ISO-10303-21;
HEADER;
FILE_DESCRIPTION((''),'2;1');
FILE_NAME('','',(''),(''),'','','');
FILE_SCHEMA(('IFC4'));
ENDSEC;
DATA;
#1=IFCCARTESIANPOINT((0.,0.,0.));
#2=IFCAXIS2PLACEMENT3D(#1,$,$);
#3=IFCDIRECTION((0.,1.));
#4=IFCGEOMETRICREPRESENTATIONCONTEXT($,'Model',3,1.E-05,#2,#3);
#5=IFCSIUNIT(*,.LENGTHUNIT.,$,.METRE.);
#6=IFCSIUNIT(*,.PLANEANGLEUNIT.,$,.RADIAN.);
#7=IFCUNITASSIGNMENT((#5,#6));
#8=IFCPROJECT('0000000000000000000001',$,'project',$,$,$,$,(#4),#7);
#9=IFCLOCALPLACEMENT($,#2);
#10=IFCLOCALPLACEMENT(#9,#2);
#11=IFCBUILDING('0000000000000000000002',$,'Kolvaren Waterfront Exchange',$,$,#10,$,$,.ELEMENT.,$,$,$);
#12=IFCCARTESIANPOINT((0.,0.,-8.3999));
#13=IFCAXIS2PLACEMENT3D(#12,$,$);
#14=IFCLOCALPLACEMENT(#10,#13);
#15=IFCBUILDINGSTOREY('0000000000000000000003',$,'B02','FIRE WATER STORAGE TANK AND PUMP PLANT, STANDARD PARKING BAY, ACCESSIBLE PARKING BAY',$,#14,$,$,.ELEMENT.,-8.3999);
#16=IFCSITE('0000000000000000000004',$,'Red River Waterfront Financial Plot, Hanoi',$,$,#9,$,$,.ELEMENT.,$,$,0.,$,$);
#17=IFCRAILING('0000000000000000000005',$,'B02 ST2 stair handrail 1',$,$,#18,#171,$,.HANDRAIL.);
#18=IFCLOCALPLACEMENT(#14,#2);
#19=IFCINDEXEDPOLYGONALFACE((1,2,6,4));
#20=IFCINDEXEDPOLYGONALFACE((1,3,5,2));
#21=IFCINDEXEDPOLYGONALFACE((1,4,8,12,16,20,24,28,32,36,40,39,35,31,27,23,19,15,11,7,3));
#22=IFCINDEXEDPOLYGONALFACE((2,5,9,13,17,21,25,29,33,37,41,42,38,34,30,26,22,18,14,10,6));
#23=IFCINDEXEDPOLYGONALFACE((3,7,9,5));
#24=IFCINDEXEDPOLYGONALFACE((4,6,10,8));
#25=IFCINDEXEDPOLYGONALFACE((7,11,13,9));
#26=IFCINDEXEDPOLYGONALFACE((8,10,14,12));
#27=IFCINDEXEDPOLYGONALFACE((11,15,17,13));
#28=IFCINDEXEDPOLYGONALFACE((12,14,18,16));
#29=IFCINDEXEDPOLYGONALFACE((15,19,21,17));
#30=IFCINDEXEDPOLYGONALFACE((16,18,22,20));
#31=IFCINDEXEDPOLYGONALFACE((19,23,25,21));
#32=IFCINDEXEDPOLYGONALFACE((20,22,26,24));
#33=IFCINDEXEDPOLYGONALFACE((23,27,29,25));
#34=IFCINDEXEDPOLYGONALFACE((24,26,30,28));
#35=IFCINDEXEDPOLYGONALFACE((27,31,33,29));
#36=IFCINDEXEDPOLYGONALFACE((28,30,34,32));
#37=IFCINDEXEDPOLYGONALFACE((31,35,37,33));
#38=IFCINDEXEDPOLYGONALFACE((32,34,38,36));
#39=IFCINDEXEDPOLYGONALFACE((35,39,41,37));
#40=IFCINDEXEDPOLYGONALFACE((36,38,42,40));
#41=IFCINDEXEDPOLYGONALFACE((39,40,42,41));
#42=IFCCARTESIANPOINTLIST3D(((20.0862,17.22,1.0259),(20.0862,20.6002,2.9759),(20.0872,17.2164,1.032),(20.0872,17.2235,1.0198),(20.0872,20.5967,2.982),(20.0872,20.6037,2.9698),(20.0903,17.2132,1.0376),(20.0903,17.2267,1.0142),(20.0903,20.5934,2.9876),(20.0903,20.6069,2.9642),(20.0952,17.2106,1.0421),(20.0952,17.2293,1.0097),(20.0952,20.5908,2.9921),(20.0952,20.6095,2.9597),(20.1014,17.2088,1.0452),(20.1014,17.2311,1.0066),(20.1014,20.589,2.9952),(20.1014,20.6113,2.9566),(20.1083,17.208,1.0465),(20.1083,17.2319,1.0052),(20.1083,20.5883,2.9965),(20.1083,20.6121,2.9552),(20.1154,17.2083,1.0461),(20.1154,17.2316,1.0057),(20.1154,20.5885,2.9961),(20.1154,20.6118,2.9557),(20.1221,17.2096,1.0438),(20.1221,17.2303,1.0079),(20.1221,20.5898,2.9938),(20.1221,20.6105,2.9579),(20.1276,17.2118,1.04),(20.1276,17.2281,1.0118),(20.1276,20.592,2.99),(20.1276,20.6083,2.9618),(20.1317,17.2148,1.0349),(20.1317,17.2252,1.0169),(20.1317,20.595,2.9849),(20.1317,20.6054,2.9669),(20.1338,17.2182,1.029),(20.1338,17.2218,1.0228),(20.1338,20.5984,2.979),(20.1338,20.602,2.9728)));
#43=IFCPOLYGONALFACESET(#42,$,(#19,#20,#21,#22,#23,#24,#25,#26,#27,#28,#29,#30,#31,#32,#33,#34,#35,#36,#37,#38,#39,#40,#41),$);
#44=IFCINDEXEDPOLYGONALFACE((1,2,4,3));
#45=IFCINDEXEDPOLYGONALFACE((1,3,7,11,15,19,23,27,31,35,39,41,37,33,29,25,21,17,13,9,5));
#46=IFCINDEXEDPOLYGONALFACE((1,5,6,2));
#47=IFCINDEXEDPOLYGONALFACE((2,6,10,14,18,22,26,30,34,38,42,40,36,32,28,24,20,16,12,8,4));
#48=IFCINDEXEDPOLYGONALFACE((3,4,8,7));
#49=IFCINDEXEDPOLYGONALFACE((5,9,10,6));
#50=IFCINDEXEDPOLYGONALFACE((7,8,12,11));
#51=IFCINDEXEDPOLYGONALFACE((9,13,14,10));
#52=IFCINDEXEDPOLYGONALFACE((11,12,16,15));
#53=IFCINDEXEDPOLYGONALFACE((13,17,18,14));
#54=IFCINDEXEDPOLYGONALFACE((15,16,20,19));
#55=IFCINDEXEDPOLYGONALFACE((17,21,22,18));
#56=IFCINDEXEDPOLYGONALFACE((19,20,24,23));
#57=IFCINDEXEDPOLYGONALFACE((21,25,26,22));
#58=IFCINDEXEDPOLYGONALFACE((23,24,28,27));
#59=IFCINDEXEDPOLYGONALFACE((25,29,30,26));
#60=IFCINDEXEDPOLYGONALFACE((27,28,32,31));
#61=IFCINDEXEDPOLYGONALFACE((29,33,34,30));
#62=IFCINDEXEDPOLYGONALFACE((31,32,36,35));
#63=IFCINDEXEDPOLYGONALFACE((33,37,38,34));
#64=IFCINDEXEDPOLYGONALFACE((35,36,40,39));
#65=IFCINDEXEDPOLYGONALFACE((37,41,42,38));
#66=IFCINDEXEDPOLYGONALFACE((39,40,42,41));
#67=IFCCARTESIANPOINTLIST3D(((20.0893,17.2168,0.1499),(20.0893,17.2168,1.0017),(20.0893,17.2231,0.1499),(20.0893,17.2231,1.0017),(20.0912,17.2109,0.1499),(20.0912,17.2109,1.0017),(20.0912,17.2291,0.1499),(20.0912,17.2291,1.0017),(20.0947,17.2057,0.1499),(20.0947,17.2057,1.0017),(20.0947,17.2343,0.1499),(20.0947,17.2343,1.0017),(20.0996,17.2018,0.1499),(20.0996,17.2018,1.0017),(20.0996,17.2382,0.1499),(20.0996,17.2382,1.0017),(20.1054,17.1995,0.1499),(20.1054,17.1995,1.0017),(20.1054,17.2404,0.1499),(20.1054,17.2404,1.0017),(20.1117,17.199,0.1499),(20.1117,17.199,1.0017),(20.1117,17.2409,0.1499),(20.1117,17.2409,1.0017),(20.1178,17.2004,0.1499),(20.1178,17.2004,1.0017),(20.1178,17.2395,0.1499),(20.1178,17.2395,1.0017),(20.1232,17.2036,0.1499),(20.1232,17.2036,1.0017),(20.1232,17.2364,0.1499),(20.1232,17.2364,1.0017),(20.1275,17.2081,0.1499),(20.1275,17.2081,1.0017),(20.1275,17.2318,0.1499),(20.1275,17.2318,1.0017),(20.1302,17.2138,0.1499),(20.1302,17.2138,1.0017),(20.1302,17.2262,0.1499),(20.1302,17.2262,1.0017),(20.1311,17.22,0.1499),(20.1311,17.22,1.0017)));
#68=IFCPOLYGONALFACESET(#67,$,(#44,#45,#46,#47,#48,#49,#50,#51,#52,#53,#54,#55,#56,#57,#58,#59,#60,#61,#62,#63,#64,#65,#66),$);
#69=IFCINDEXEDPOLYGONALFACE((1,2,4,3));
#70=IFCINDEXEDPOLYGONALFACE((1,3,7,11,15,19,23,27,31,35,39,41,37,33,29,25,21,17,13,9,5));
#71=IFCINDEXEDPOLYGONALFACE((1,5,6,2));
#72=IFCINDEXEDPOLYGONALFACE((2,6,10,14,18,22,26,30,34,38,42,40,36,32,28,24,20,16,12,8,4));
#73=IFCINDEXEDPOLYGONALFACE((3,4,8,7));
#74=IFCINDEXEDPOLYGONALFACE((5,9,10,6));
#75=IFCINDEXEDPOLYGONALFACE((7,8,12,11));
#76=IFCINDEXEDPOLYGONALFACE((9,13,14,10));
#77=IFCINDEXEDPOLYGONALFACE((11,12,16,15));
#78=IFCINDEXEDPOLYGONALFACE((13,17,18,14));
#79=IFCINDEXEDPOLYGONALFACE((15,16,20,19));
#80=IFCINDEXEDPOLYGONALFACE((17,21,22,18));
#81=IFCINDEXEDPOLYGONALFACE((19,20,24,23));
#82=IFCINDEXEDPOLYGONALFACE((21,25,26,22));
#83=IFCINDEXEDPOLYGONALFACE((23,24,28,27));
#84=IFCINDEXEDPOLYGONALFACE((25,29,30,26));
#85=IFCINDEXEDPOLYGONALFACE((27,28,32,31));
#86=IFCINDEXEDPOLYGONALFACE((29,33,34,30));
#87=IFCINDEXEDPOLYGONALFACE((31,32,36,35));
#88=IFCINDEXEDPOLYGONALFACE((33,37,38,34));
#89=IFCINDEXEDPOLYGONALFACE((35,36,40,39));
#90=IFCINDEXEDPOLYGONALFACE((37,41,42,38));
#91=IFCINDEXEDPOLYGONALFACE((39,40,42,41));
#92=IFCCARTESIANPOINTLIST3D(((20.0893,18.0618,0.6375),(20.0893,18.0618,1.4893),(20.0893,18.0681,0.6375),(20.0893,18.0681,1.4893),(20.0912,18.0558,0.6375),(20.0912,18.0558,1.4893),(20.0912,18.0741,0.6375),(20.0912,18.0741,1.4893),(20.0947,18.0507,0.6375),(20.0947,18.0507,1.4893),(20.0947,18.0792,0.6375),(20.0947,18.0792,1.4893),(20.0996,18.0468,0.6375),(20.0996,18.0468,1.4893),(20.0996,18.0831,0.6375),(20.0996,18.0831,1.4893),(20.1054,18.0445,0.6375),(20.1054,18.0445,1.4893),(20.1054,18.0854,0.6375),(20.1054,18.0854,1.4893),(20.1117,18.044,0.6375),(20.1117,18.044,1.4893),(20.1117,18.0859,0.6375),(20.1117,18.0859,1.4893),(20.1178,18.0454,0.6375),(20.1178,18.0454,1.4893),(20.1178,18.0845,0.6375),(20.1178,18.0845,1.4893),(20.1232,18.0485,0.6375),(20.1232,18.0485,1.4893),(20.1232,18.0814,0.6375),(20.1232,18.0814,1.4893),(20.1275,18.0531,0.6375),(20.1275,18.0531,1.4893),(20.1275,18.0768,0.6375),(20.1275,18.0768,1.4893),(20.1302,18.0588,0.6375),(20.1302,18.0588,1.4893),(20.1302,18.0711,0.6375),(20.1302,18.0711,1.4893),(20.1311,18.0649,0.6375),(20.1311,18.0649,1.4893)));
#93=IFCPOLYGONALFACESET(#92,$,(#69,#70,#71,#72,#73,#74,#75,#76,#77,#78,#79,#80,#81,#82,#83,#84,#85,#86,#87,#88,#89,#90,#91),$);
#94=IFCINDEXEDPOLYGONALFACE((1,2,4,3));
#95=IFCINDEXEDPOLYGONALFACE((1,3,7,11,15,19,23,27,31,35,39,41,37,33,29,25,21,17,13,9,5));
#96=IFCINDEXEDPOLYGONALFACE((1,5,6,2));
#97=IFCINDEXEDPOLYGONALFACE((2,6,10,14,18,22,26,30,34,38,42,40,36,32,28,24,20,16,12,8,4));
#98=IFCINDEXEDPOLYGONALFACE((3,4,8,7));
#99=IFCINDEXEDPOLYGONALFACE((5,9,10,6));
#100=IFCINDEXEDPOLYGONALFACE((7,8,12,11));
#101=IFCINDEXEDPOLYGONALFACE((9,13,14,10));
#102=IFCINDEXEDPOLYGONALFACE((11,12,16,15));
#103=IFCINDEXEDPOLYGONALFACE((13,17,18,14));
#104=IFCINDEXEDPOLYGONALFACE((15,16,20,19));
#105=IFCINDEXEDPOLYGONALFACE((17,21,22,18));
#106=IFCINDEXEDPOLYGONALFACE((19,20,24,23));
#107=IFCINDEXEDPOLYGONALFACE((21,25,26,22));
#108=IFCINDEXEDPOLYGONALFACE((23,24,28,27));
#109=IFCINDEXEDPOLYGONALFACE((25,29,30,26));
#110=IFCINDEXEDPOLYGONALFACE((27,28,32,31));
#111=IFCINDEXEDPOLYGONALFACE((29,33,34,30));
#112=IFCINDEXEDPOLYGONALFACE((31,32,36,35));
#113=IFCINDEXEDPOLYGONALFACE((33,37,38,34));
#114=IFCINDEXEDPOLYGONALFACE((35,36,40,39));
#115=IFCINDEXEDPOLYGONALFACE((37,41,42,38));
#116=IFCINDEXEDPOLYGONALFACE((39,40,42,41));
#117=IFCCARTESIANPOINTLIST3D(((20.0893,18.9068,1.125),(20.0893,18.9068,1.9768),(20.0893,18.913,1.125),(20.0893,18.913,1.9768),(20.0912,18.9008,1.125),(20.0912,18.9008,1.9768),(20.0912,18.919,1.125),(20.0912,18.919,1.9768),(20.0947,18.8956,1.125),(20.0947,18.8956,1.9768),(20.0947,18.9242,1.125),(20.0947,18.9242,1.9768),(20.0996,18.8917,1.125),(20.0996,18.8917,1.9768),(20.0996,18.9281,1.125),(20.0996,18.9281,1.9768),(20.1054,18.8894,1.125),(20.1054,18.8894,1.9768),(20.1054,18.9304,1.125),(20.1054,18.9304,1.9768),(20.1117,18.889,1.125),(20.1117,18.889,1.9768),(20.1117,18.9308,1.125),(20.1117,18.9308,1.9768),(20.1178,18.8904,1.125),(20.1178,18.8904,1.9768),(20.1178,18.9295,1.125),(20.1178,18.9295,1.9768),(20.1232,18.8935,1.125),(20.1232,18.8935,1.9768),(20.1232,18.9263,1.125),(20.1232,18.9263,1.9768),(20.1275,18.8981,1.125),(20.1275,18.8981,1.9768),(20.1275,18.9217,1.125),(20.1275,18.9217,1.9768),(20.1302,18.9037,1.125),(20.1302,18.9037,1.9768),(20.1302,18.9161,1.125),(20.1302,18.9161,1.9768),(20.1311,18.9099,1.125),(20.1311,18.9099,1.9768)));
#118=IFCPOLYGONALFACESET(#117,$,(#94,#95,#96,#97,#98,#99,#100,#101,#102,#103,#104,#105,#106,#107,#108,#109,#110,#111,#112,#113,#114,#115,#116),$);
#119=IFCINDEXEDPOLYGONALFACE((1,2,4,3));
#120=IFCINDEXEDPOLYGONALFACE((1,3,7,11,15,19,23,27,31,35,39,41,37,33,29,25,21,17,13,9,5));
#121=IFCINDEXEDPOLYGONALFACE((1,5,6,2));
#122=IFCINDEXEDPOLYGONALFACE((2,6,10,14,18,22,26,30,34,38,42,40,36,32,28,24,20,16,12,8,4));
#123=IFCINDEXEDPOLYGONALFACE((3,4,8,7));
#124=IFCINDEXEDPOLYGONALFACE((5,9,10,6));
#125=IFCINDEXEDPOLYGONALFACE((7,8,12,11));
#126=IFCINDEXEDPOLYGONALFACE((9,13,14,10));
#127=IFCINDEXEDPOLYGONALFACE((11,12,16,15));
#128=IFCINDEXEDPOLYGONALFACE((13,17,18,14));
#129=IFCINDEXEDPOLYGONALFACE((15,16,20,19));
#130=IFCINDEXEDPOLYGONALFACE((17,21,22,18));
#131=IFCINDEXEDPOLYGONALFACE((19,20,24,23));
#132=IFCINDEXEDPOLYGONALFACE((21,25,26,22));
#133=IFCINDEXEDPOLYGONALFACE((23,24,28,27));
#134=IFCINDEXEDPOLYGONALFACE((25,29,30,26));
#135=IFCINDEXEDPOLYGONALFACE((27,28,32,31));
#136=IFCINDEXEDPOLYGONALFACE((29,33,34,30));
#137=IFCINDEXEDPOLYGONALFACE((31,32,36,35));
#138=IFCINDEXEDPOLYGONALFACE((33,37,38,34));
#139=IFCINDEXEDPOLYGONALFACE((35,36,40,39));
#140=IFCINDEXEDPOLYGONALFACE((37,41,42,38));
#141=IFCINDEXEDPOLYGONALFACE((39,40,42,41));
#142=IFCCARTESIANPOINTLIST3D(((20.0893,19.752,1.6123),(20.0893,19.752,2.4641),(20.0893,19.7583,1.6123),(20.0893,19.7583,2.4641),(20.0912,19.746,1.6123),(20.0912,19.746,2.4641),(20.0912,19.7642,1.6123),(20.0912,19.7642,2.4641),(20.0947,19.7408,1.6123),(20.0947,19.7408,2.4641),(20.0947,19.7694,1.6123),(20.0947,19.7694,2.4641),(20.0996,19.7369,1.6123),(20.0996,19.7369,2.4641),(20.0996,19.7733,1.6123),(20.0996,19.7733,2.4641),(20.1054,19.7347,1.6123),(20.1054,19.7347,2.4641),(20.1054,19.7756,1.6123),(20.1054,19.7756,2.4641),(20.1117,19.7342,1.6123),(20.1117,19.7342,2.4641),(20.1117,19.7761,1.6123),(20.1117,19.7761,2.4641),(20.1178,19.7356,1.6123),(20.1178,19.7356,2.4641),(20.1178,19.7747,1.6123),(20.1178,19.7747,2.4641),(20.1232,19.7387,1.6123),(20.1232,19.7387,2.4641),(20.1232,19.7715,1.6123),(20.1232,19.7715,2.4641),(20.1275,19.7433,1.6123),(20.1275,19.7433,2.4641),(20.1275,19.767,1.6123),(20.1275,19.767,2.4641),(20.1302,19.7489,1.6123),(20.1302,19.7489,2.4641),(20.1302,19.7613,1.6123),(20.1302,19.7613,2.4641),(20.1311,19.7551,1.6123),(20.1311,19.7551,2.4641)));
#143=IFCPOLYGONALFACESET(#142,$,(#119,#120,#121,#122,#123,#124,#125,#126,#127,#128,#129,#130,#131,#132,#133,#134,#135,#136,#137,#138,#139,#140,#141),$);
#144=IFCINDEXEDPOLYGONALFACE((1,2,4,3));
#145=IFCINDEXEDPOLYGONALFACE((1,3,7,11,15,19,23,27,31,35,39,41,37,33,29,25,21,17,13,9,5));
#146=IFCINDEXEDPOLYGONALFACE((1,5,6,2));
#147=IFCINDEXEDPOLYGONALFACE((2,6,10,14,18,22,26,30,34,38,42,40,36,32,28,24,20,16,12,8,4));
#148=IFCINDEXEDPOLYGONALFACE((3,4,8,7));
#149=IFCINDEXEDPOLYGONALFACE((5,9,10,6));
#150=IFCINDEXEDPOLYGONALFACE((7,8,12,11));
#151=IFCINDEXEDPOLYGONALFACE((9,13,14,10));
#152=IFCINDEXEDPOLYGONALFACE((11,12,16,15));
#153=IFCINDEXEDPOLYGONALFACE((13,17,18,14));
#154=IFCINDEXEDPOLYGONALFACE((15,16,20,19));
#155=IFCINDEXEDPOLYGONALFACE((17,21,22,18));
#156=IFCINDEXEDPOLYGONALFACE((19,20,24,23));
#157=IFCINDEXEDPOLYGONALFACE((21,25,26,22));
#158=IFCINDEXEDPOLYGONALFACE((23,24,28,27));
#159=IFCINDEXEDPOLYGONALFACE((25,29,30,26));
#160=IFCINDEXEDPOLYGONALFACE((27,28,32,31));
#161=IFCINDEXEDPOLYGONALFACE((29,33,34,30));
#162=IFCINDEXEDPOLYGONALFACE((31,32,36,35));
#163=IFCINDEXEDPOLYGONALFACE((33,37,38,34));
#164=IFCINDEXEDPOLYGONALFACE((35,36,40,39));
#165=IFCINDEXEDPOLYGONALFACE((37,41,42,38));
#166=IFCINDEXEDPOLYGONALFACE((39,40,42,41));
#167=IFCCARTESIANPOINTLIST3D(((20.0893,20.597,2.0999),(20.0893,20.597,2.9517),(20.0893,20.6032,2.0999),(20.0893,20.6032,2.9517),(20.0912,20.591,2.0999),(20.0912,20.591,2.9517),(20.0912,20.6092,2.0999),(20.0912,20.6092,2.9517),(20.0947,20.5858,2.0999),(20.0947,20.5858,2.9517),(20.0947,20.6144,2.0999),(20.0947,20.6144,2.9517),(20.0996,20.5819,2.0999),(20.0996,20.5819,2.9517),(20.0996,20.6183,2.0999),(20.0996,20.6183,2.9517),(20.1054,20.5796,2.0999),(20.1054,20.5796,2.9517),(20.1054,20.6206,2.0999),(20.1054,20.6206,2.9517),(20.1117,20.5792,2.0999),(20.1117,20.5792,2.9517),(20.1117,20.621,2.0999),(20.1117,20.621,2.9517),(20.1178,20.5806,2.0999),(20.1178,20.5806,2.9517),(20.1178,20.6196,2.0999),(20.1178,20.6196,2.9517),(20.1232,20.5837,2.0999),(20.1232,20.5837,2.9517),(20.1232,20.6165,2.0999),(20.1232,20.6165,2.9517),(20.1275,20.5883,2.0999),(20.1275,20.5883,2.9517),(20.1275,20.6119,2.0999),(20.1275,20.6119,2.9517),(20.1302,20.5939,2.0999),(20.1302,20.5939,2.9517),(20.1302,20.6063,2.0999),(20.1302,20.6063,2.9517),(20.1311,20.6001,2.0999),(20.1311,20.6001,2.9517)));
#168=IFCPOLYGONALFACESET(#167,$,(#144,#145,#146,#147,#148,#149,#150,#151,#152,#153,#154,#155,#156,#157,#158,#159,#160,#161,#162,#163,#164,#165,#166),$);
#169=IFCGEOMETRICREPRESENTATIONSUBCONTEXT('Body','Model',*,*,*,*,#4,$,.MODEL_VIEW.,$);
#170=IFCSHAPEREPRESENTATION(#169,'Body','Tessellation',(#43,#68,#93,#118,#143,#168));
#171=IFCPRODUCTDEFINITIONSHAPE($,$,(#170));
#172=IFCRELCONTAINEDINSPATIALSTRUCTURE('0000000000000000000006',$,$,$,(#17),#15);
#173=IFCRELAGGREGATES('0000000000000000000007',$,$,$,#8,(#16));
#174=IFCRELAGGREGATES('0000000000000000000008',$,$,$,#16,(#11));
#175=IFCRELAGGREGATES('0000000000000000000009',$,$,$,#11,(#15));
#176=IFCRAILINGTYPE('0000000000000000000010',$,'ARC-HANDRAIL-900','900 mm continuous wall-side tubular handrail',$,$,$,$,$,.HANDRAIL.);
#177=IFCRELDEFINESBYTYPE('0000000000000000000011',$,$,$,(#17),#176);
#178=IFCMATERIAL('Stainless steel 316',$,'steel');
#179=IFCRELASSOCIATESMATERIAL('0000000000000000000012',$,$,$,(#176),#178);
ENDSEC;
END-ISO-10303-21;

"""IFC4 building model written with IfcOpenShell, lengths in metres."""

from ifc_helpers import new_model, si_unit, direction, frame, origin, origin_2d, place, context, subcontext, project, spatial, circle, extrude, material, type_object, element, save


model = new_model("IFC4")

# Units and contexts
model_context = context("Model", 3, precision=1e-05, world=origin(), true_north=direction((0.0, 1.0)))
body_context = subcontext(model_context, "Body", "Model", "MODEL_VIEW")
ifc_project = project(units=[si_unit("LENGTHUNIT", "METRE"), si_unit("PLANEANGLEUNIT", "RADIAN")], contexts=[model_context])

# Site, building, storey
site_placement = place(None, origin())
site = spatial("IfcSite", under=ifc_project, at=site_placement, Name="Red River Waterfront Financial Plot, Hanoi", CompositionType="ELEMENT", RefElevation=0.0)
building_placement = place(site_placement, origin())
building = spatial("IfcBuilding", under=site, at=building_placement, Name="Kolvaren Waterfront Exchange", CompositionType="ELEMENT")
storey_placement = place(building_placement, frame((0.0, 0.0, -8.3999)))
storey = spatial("IfcBuildingStorey", under=building, at=storey_placement, Name="B02", Description="FIRE WATER STORAGE TANK AND PUMP PLANT, STANDARD PARKING BAY, ACCESSIBLE PARKING BAY", CompositionType="ELEMENT", Elevation=-8.3999)

# Railing
ifc_material_1 = material(Name="Stainless steel 316", Category="steel")
railing_type_1 = type_object("IfcRailingType", Name="ARC-HANDRAIL-900", Description="900 mm continuous wall-side tubular handrail", PredefinedType="HANDRAIL", material=ifc_material_1)
railing_1_placement = place(storey_placement, frame((20.1101, 17.22, 0.1499)))
element("IfcRailing", 1, at=railing_1_placement, inside=storey, type_object=railing_type_1, Name="B02 ST2 stair handrail 1", PredefinedType="HANDRAIL", context=body_context, shape_type="SweptSolid", body=[
    extrude(circle(Radius=0.0239, at=origin_2d()), frame((0.0, 0.0, 0.876), z_axis=(0.0, 0.866199, 0.499699), x_axis=(-1.0, 0.0, 0.0)), (0.0, 0.0, 1.0), 3.9023),
    extrude(circle(Radius=0.021, at=origin_2d()), origin(), (0.0, 0.0, 1.0), 0.8518),
    extrude(circle(Radius=0.021, at=origin_2d()), frame((0.0, 0.845, 0.4875)), (0.0, 0.0, 1.0), 0.8518),
    extrude(circle(Radius=0.021, at=origin_2d()), frame((0.0, 1.6899, 0.9751)), (0.0, 0.0, 1.0), 0.8518),
    extrude(circle(Radius=0.021, at=origin_2d()), frame((0.0, 2.5352, 1.4624)), (0.0, 0.0, 1.0), 0.8518),
    extrude(circle(Radius=0.021, at=origin_2d()), frame((0.0, 3.3801, 1.95)), (0.0, 0.0, 1.0), 0.8518),
])

save(model, "model.ifc")
